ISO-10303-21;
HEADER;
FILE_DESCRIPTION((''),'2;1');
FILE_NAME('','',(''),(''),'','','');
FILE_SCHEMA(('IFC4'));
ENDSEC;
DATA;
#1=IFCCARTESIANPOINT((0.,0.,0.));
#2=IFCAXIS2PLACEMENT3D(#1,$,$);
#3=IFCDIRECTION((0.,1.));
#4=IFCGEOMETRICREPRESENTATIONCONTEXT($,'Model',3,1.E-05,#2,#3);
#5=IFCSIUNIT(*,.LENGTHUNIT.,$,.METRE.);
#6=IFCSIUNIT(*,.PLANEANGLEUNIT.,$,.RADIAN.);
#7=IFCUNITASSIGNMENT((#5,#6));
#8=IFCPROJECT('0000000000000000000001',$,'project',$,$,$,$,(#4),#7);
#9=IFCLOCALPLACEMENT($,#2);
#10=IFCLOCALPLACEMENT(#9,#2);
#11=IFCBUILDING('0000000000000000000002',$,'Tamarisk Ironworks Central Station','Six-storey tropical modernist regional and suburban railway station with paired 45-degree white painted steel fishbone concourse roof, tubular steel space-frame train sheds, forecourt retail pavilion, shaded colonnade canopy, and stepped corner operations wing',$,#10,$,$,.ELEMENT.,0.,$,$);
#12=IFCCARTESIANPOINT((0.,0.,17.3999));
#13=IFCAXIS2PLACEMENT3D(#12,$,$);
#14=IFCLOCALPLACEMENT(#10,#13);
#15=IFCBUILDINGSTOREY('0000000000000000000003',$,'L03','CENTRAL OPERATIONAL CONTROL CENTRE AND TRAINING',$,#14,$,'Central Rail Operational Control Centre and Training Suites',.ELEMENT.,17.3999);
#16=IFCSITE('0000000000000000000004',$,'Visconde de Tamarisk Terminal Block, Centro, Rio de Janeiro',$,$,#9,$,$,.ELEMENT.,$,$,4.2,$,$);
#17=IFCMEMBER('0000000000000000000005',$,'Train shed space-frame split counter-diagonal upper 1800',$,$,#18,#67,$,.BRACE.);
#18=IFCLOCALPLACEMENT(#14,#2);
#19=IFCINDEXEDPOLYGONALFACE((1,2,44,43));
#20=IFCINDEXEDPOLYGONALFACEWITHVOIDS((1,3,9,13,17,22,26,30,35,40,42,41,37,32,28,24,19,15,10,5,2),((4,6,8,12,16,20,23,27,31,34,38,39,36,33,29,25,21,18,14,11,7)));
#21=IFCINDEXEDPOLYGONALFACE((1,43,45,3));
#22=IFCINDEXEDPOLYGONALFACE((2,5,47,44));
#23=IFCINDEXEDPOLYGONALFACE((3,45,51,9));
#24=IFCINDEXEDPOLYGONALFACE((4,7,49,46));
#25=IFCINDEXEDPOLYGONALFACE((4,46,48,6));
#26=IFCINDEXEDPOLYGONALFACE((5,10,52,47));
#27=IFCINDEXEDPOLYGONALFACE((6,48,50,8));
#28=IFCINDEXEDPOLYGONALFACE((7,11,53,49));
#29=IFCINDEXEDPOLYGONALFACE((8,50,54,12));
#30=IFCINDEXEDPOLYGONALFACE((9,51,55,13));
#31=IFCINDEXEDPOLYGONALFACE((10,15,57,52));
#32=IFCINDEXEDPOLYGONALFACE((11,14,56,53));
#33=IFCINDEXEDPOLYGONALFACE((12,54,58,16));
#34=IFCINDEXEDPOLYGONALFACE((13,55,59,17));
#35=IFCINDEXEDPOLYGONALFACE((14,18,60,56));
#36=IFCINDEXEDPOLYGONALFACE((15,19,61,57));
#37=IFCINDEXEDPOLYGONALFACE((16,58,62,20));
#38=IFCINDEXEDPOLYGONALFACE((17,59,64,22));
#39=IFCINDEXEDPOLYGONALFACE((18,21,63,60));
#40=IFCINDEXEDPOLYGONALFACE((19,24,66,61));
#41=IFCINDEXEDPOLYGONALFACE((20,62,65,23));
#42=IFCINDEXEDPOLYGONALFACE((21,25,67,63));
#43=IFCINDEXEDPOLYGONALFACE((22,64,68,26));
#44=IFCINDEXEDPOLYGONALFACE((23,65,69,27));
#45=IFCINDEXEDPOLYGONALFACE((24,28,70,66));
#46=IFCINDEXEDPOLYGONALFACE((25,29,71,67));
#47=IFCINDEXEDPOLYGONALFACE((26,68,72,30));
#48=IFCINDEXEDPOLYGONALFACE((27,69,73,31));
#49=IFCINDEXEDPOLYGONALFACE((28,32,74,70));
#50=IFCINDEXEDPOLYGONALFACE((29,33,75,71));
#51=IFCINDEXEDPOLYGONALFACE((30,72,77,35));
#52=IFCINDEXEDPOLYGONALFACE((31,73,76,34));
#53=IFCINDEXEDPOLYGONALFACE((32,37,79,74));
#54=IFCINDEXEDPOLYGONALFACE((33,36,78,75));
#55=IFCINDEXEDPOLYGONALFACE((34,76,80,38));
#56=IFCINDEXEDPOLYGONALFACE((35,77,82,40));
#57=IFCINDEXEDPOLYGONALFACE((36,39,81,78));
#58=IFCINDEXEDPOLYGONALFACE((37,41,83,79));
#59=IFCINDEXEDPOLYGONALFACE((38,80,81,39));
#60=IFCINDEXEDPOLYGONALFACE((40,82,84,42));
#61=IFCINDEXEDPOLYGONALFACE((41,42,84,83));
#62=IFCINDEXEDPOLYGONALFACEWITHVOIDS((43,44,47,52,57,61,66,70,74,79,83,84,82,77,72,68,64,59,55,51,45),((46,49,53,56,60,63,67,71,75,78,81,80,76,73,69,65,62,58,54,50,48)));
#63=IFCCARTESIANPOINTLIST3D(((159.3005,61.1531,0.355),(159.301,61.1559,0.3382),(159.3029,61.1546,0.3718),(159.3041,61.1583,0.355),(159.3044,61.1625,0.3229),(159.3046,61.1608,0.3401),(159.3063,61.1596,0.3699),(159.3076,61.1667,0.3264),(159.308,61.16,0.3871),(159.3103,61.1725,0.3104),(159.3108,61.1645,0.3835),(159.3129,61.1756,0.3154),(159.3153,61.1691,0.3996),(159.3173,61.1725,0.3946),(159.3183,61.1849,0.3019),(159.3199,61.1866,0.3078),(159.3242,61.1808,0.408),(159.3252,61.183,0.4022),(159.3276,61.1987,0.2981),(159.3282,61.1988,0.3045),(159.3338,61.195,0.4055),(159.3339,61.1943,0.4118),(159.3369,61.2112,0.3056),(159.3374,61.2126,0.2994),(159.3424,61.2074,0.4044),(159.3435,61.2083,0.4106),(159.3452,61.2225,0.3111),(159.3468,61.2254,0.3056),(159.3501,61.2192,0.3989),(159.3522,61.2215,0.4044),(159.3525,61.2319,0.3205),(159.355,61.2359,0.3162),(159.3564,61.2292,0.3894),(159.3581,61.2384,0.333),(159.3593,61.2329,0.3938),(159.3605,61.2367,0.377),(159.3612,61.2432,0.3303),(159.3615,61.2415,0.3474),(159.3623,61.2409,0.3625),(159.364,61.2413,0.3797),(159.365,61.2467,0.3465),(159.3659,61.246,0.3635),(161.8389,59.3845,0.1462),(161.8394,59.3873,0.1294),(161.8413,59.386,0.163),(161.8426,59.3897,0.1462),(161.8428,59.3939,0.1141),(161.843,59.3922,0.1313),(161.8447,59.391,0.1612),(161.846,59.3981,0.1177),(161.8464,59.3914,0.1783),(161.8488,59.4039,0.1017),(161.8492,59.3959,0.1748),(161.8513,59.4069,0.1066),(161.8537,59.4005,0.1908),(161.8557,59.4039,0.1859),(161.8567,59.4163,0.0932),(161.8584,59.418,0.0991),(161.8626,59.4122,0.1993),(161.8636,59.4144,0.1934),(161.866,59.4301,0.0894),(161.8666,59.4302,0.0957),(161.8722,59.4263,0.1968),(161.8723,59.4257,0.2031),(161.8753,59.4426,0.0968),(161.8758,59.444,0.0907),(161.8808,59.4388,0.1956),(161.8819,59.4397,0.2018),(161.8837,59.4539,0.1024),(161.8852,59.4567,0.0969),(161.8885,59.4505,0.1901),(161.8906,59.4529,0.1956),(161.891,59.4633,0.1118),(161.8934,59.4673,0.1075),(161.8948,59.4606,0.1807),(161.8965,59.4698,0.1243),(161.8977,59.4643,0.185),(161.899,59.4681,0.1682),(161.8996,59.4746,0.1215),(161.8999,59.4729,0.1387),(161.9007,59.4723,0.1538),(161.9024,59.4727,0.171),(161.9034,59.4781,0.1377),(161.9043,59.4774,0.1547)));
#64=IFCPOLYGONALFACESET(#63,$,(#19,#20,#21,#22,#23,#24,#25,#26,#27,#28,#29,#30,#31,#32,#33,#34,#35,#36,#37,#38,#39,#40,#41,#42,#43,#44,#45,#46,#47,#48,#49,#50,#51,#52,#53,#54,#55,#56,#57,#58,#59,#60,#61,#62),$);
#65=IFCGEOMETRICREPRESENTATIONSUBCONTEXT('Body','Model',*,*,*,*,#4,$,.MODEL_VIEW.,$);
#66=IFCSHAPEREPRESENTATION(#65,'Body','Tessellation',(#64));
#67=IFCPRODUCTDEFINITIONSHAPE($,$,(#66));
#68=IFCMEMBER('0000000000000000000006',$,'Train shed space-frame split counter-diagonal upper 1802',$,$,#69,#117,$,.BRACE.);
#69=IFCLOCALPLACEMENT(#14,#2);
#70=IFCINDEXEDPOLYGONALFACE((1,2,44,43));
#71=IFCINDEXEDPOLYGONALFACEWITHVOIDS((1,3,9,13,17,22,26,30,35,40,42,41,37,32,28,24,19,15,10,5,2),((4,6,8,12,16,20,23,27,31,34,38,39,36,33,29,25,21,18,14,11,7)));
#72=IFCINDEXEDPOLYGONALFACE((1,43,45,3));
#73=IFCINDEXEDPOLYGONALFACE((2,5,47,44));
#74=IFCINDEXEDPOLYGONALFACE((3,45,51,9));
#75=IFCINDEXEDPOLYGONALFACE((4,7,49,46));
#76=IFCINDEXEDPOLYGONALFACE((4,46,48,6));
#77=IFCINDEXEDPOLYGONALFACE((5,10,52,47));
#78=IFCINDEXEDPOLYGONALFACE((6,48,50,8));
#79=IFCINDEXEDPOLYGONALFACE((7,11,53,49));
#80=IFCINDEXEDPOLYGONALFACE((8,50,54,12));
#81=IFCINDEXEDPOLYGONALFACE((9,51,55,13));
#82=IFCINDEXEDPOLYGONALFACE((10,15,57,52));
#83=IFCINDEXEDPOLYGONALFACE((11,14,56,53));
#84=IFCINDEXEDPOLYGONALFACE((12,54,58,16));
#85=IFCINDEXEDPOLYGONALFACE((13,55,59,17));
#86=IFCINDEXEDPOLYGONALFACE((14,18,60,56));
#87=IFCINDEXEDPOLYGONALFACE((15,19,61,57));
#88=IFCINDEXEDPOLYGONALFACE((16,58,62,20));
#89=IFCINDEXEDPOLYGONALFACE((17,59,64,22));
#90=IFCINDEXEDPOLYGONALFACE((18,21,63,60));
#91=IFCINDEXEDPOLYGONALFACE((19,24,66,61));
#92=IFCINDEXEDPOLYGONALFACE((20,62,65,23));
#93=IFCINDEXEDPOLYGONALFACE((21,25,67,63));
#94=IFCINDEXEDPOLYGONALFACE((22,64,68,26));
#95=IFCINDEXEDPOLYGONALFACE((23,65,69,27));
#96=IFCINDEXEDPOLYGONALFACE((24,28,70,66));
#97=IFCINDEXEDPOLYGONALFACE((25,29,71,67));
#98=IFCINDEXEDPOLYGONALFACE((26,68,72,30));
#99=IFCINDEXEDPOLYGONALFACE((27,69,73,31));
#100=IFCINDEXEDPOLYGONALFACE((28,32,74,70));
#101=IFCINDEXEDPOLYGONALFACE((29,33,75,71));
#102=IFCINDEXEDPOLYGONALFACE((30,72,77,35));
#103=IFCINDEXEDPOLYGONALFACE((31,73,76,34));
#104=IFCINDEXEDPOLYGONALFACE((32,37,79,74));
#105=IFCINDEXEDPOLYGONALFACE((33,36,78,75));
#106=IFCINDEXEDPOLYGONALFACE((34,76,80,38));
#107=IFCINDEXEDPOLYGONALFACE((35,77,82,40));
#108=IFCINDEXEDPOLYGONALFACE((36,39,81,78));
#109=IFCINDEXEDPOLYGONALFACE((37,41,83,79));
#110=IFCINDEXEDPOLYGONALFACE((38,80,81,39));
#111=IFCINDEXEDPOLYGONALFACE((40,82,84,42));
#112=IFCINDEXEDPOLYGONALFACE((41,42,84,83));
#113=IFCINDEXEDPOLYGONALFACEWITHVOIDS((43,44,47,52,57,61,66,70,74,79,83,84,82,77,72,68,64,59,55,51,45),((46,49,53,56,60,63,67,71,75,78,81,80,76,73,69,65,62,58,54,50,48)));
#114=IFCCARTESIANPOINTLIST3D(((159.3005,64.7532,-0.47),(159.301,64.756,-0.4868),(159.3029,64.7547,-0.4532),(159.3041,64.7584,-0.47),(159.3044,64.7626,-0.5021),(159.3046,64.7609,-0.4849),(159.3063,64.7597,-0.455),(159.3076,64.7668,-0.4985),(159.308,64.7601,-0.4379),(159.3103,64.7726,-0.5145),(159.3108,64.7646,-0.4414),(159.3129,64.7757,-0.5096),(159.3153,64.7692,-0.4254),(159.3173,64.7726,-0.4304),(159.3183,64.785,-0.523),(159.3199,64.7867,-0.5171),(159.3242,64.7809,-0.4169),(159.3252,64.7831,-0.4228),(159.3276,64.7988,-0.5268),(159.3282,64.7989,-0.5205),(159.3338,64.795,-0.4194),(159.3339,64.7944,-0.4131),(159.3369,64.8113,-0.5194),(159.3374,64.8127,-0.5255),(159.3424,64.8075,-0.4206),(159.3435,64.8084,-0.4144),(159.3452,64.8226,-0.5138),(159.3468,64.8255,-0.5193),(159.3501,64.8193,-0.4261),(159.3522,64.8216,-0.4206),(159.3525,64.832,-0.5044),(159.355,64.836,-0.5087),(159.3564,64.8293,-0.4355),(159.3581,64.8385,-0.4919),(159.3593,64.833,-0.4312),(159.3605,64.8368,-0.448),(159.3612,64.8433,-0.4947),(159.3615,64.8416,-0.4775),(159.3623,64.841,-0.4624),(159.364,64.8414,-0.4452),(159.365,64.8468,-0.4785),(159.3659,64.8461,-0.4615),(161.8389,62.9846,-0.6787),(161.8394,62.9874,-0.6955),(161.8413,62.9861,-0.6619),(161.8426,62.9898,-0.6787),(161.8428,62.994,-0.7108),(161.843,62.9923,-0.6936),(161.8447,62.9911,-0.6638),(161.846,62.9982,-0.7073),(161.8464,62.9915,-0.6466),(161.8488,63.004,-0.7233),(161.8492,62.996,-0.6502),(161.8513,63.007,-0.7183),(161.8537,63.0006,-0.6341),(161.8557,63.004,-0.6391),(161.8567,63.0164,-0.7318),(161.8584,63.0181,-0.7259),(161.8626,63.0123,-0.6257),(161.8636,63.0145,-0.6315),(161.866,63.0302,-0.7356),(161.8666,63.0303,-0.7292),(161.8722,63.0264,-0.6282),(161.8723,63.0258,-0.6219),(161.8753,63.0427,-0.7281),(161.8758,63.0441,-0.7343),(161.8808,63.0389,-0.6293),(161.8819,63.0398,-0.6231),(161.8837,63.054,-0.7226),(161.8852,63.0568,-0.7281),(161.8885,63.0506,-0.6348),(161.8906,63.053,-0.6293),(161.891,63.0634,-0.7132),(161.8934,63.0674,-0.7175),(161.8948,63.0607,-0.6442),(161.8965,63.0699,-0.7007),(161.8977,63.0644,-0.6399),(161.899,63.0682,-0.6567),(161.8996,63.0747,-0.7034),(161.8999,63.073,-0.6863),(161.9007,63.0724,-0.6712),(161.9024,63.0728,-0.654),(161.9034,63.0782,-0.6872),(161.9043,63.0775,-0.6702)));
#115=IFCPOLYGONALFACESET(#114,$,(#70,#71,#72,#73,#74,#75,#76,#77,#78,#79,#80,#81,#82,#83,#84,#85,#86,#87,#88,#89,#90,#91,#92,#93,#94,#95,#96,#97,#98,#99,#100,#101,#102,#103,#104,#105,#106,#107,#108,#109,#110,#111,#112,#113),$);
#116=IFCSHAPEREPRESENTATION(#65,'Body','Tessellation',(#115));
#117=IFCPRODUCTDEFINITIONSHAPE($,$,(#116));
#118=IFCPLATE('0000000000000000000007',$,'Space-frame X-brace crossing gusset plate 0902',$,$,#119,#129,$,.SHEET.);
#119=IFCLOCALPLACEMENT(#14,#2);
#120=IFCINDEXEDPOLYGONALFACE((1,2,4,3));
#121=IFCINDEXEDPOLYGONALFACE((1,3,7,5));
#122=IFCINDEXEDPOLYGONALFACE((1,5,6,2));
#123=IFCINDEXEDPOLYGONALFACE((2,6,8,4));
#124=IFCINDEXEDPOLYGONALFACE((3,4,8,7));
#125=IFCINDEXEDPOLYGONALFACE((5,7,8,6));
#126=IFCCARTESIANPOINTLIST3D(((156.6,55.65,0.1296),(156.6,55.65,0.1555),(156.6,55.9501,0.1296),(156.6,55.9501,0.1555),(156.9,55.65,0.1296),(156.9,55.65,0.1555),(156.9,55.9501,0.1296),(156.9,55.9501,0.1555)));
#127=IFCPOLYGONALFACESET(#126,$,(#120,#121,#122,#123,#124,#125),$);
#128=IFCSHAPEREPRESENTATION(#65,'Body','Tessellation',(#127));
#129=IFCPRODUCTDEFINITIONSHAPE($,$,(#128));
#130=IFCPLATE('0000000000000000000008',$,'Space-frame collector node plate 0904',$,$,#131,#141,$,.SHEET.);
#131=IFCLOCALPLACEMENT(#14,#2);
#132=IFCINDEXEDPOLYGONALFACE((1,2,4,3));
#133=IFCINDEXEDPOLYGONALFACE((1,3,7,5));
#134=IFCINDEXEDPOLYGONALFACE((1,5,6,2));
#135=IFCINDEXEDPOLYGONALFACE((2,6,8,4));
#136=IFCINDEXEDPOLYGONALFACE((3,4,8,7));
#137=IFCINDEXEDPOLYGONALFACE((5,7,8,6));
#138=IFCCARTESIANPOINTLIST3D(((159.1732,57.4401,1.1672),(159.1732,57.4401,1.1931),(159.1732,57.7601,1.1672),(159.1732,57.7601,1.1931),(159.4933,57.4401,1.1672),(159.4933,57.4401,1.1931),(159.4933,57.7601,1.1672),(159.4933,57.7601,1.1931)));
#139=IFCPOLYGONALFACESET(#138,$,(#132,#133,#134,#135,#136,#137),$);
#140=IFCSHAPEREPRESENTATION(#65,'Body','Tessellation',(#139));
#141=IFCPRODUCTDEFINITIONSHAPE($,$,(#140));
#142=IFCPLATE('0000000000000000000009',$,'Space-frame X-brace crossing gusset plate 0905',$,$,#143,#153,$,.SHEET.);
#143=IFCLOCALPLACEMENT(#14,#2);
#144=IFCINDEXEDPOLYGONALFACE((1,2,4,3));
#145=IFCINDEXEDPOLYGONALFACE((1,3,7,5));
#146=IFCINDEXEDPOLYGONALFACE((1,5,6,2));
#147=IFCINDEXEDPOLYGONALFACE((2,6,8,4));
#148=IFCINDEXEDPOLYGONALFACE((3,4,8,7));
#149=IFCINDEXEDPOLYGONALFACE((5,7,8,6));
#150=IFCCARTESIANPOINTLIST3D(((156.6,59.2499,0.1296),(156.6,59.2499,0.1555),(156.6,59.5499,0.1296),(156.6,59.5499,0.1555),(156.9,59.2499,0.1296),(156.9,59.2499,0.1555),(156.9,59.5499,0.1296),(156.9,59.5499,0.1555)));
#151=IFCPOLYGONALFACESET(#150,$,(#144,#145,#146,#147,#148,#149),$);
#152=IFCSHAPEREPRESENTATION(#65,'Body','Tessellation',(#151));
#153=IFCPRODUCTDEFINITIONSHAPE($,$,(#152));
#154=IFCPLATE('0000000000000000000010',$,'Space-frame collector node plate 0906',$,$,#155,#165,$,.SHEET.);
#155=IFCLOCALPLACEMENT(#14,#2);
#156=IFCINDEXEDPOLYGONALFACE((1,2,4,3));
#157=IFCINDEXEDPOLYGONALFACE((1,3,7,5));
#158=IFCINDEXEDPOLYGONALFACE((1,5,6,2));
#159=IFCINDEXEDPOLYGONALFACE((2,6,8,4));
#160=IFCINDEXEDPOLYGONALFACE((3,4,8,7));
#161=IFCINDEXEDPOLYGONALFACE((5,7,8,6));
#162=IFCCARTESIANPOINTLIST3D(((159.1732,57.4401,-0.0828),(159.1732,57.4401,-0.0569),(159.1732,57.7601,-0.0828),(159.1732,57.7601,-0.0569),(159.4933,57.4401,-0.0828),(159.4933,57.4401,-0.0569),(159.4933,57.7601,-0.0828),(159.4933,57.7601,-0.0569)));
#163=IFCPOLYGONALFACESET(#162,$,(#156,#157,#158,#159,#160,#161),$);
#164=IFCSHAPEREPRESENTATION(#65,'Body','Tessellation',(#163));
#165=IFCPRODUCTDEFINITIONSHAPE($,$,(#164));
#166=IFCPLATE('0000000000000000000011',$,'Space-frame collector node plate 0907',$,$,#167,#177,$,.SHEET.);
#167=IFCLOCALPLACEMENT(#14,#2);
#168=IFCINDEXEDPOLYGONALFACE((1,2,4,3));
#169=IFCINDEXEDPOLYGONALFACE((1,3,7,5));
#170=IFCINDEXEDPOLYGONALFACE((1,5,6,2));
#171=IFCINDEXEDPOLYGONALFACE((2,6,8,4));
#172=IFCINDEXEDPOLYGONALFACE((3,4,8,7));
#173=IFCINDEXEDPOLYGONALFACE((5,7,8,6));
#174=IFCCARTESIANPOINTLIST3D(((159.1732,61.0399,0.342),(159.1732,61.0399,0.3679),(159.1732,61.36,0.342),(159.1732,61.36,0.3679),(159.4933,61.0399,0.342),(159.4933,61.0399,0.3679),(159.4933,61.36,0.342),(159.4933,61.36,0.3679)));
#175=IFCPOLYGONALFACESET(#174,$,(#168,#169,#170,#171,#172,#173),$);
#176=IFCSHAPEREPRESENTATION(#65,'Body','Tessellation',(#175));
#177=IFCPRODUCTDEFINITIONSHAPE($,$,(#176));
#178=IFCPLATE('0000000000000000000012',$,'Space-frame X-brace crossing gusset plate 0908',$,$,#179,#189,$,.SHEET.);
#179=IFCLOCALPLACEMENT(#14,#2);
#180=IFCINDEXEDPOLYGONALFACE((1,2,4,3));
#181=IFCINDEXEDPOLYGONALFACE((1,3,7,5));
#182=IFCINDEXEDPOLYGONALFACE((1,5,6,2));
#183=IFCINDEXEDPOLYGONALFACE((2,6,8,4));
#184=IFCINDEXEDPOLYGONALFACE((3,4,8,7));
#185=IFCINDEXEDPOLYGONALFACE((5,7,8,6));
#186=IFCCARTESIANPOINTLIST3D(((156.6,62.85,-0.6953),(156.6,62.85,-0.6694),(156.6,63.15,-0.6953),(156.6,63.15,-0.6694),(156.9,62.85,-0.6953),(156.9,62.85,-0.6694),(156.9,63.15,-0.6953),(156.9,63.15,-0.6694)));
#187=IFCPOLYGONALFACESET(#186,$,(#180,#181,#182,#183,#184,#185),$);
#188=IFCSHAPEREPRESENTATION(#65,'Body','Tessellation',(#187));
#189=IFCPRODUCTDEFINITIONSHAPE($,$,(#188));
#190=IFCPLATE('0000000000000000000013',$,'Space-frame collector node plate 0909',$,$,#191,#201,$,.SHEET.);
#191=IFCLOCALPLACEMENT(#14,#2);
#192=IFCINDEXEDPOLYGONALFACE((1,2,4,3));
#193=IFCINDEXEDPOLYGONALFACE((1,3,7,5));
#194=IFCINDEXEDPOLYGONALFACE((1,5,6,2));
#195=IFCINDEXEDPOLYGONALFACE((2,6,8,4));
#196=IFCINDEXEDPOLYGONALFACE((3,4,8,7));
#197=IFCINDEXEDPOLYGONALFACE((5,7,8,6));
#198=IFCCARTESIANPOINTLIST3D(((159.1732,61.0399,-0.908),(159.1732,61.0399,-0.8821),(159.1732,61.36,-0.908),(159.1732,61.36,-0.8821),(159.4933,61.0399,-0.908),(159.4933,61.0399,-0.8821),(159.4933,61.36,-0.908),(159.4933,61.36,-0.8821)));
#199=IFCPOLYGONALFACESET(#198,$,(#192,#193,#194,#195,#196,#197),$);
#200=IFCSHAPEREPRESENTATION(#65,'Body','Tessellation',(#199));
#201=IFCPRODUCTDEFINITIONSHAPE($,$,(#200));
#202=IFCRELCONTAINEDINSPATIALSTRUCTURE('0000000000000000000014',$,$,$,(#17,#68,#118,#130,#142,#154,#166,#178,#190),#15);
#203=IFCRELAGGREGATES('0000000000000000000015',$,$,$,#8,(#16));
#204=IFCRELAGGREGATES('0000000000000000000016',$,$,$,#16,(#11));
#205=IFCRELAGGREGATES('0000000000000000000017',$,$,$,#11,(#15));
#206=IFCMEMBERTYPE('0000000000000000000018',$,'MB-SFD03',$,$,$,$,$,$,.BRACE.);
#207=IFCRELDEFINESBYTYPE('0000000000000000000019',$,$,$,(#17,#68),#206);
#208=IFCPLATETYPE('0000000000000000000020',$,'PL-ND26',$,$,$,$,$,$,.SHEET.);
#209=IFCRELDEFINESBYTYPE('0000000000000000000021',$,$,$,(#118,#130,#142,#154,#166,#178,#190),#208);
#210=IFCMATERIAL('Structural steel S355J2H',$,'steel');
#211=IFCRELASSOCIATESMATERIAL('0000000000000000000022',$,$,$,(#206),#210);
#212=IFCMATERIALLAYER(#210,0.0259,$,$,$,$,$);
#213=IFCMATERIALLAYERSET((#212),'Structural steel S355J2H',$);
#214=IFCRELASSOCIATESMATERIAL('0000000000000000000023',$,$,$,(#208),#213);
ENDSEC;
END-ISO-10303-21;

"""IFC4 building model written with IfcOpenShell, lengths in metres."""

from ifc_helpers import new_model, si_unit, direction, frame, origin, origin_2d, place, context, subcontext, project, spatial, rectangle, hollow_circle, extrude, material, layer, layer_set, material_profile, profile_set, type_object, element, save


model = new_model("IFC4")

# Units and contexts
model_context = context("Model", 3, precision=1e-05, world=origin(), true_north=direction((0.0, 1.0)))
body_context = subcontext(model_context, "Body", "Model", "MODEL_VIEW")
ifc_project = project(units=[si_unit("LENGTHUNIT", "METRE"), si_unit("PLANEANGLEUNIT", "RADIAN")], contexts=[model_context])

# Site, building, storey
site_placement = place(None, origin())
site = spatial("IfcSite", under=ifc_project, at=site_placement, Name="Visconde de Tamarisk Terminal Block, Centro, Rio de Janeiro", CompositionType="ELEMENT", RefElevation=4.2)
building_placement = place(site_placement, origin())
building = spatial("IfcBuilding", under=site, at=building_placement, Name="Tamarisk Ironworks Central Station", Description="Six-storey tropical modernist regional and suburban railway station with paired 45-degree white painted steel fishbone concourse roof, tubular steel space-frame train sheds, forecourt retail pavilion, shaded colonnade canopy, and stepped corner operations wing", CompositionType="ELEMENT", ElevationOfRefHeight=0.0)
storey_placement = place(building_placement, frame((0.0, 0.0, 17.3999)))
storey = spatial("IfcBuildingStorey", under=building, at=storey_placement, Name="L03", Description="CENTRAL OPERATIONAL CONTROL CENTRE AND TRAINING", LongName="Central Rail Operational Control Centre and Training Suites", CompositionType="ELEMENT", Elevation=17.3999)

# Members
ifc_material = material(Name="Structural steel S355J2H", Category="steel")
ifc_material_profile_1 = material_profile(ifc_material, hollow_circle(Radius=0.0571, WallThickness=0.0063, at=origin_2d()), Name="CHS 114.3x6.3")
ifc_profile_set_1 = profile_set([ifc_material_profile_1], Name="Structural steel S355J2H")
member_type_1 = type_object("IfcMemberType", Name="MB-SFD03", PredefinedType="BRACE", material=ifc_profile_set_1)
for number, where, z_axis, x_axis, name in (
    (1, (161.8716, 59.4314, 0.1462), (-0.818625, 0.570369, 0.06732), (-0.571666, -0.820487, 0.0), "Train shed space-frame split counter-diagonal upper 1800"),
    (2, (161.8716, 63.0315, -0.6787), (-0.818625, 0.570369, 0.06732), (-0.571666, -0.820487, 0.0), "Train shed space-frame split counter-diagonal upper 1802"),
):
    element("IfcMember", number, at=place(storey_placement, frame(where, z_axis=z_axis, x_axis=x_axis)), inside=storey, type_object=member_type_1, Name=name, PredefinedType="BRACE", context=body_context, shape_type="SweptSolid", body=[
        extrude(hollow_circle(Radius=0.0571, WallThickness=0.0063, at=origin_2d()), origin(), (0.0, 0.0, 1.0), 3.1008),
    ])

# Plates
ifc_layer = layer(ifc_material, 0.0259)
ifc_layer_set = layer_set([ifc_layer], Name="Structural steel S355J2H")
plate_type = type_object("IfcPlateType", Name="PL-ND26", PredefinedType="SHEET", material=ifc_layer_set)
plate_1_placement = place(storey_placement, frame((156.75, 55.8, 0.1296), z_axis=(0.0, 0.0, 1.0), x_axis=(1.0, 0.0, 0.0)))
element("IfcPlate", 3, at=plate_1_placement, inside=storey, type_object=plate_type, Name="Space-frame X-brace crossing gusset plate 0902", PredefinedType="SHEET", context=body_context, shape_type="SweptSolid", body=[
    extrude(rectangle(XDim=0.3, YDim=0.3, at=origin_2d()), origin(), (0.0, 0.0, 1.0), 0.0259),
])
plate_2_placement = place(storey_placement, frame((159.3333, 57.6001, 1.1672), z_axis=(0.0, 0.0, 1.0), x_axis=(1.0, 0.0, 0.0)))
element("IfcPlate", 4, at=plate_2_placement, inside=storey, type_object=plate_type, Name="Space-frame collector node plate 0904", PredefinedType="SHEET", context=body_context, shape_type="SweptSolid", body=[
    extrude(rectangle(XDim=0.3201, YDim=0.3201, at=origin_2d()), origin(), (0.0, 0.0, 1.0), 0.0259),
])
plate_3_placement = place(storey_placement, frame((156.75, 59.3999, 0.1296), z_axis=(0.0, 0.0, 1.0), x_axis=(1.0, 0.0, 0.0)))
element("IfcPlate", 5, at=plate_3_placement, inside=storey, type_object=plate_type, Name="Space-frame X-brace crossing gusset plate 0905", PredefinedType="SHEET", context=body_context, shape_type="SweptSolid", body=[
    extrude(rectangle(XDim=0.3, YDim=0.3, at=origin_2d()), origin(), (0.0, 0.0, 1.0), 0.0259),
])
for number, where, z_axis, x_axis, name in (
    (6, (159.3333, 57.6001, -0.0828), (0.0, 0.0, 1.0), (1.0, 0.0, 0.0), "Space-frame collector node plate 0906"),
    (7, (159.3333, 61.2, 0.342), (0.0, 0.0, 1.0), (1.0, 0.0, 0.0), "Space-frame collector node plate 0907"),
):
    element("IfcPlate", number, at=place(storey_placement, frame(where, z_axis=z_axis, x_axis=x_axis)), inside=storey, type_object=plate_type, Name=name, PredefinedType="SHEET", context=body_context, shape_type="SweptSolid", body=[
        extrude(rectangle(XDim=0.3201, YDim=0.3201, at=origin_2d()), origin(), (0.0, 0.0, 1.0), 0.0259),
    ])
plate_4_placement = place(storey_placement, frame((156.75, 63.0, -0.6953), z_axis=(0.0, 0.0, 1.0), x_axis=(1.0, 0.0, 0.0)))
element("IfcPlate", 8, at=plate_4_placement, inside=storey, type_object=plate_type, Name="Space-frame X-brace crossing gusset plate 0908", PredefinedType="SHEET", context=body_context, shape_type="SweptSolid", body=[
    extrude(rectangle(XDim=0.3, YDim=0.3, at=origin_2d()), origin(), (0.0, 0.0, 1.0), 0.0259),
])
plate_5_placement = place(storey_placement, frame((159.3333, 61.2, -0.908), z_axis=(0.0, 0.0, 1.0), x_axis=(1.0, 0.0, 0.0)))
element("IfcPlate", 9, at=plate_5_placement, inside=storey, type_object=plate_type, Name="Space-frame collector node plate 0909", PredefinedType="SHEET", context=body_context, shape_type="SweptSolid", body=[
    extrude(rectangle(XDim=0.3201, YDim=0.3201, at=origin_2d()), origin(), (0.0, 0.0, 1.0), 0.0259),
])

save(model, "model.ifc")
